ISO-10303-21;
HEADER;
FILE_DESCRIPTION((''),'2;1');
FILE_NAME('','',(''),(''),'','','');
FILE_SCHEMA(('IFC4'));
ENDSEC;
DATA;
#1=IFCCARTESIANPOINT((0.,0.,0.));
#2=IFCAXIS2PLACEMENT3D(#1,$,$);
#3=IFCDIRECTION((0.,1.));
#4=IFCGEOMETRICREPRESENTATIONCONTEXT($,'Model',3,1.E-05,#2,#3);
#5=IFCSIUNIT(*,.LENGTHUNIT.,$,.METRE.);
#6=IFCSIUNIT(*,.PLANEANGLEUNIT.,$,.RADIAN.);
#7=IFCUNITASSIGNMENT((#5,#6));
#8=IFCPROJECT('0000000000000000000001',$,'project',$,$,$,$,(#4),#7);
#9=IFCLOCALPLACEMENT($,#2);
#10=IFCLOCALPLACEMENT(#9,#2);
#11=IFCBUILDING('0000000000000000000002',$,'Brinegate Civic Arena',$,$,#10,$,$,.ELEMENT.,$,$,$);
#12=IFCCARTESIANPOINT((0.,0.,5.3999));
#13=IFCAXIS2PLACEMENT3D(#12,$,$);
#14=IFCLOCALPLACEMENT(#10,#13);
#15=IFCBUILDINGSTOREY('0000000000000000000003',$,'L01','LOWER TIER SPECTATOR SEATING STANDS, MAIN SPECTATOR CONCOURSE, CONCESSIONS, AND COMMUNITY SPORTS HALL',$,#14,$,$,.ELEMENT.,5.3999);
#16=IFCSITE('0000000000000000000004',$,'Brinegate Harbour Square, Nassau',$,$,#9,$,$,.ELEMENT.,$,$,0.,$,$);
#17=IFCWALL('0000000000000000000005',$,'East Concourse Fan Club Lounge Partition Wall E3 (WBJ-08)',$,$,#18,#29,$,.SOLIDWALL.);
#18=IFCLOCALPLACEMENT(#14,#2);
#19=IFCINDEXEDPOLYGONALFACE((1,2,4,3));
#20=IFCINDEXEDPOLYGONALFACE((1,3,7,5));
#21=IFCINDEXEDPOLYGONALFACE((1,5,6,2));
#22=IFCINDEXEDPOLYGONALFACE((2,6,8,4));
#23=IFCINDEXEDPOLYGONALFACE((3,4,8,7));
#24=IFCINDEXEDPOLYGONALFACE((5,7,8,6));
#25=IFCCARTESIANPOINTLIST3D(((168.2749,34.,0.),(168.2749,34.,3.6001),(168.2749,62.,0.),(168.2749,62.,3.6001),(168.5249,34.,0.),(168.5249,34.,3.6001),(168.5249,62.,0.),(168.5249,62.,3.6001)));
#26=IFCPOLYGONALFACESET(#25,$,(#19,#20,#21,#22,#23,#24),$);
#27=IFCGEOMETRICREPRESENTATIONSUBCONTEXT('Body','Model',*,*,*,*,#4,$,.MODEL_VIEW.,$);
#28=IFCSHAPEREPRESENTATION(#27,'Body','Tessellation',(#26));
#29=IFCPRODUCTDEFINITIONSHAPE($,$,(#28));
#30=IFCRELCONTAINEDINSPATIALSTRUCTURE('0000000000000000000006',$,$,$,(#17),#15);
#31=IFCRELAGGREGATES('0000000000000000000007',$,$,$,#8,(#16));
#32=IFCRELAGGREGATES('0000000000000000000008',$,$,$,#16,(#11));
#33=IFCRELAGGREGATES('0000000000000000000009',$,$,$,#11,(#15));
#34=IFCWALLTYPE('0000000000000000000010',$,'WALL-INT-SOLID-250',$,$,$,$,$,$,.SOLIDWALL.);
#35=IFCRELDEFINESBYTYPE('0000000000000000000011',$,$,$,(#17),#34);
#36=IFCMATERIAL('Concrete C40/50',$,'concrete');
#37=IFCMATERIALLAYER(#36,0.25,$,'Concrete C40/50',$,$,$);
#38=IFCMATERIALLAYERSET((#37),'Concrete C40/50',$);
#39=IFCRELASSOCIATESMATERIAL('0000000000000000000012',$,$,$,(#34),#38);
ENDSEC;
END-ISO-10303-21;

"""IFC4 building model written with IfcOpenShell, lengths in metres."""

from ifc_helpers import new_model, si_unit, direction, frame, frame_2d, origin, place, context, subcontext, project, spatial, rectangle, extrude, material, layer, layer_set, type_object, element, save


model = new_model("IFC4")

# Units and contexts
model_context = context("Model", 3, precision=1e-05, world=origin(), true_north=direction((0.0, 1.0)))
body_context = subcontext(model_context, "Body", "Model", "MODEL_VIEW")
ifc_project = project(units=[si_unit("LENGTHUNIT", "METRE"), si_unit("PLANEANGLEUNIT", "RADIAN")], contexts=[model_context])

# Site, building, storey
site_placement = place(None, origin())
site = spatial("IfcSite", under=ifc_project, at=site_placement, Name="Brinegate Harbour Square, Nassau", CompositionType="ELEMENT", RefElevation=0.0)
building_placement = place(site_placement, origin())
building = spatial("IfcBuilding", under=site, at=building_placement, Name="Brinegate Civic Arena", CompositionType="ELEMENT")
storey_placement = place(building_placement, frame((0.0, 0.0, 5.3999)))
storey = spatial("IfcBuildingStorey", under=building, at=storey_placement, Name="L01", Description="LOWER TIER SPECTATOR SEATING STANDS, MAIN SPECTATOR CONCOURSE, CONCESSIONS, AND COMMUNITY SPORTS HALL", CompositionType="ELEMENT", Elevation=5.3999)

# Wall
ifc_material_1 = material(Name="Concrete C40/50", Category="concrete")
ifc_layer_1 = layer(ifc_material_1, 0.25, Name="Concrete C40/50")
ifc_layer_set_1 = layer_set([ifc_layer_1], Name="Concrete C40/50")
wall_type = type_object("IfcWallType", Name="WALL-INT-SOLID-250", PredefinedType="SOLIDWALL", material=ifc_layer_set_1)
wall_placement = place(storey_placement, frame((168.3999, 34.0, 0.0), z_axis=(0.0, 0.0, 1.0), x_axis=(0.0, 1.0, 0.0)))
element("IfcWall", 1, at=wall_placement, inside=storey, type_object=wall_type, Name="East Concourse Fan Club Lounge Partition Wall E3 (WBJ-08)", PredefinedType="SOLIDWALL", context=body_context, shape_type="SweptSolid", body=[
    extrude(rectangle(XDim=28.0, YDim=0.25, at=frame_2d((14.0, 0.0))), origin(), (0.0, 0.0, 1.0), 3.6001),
])

save(model, "model.ifc")
